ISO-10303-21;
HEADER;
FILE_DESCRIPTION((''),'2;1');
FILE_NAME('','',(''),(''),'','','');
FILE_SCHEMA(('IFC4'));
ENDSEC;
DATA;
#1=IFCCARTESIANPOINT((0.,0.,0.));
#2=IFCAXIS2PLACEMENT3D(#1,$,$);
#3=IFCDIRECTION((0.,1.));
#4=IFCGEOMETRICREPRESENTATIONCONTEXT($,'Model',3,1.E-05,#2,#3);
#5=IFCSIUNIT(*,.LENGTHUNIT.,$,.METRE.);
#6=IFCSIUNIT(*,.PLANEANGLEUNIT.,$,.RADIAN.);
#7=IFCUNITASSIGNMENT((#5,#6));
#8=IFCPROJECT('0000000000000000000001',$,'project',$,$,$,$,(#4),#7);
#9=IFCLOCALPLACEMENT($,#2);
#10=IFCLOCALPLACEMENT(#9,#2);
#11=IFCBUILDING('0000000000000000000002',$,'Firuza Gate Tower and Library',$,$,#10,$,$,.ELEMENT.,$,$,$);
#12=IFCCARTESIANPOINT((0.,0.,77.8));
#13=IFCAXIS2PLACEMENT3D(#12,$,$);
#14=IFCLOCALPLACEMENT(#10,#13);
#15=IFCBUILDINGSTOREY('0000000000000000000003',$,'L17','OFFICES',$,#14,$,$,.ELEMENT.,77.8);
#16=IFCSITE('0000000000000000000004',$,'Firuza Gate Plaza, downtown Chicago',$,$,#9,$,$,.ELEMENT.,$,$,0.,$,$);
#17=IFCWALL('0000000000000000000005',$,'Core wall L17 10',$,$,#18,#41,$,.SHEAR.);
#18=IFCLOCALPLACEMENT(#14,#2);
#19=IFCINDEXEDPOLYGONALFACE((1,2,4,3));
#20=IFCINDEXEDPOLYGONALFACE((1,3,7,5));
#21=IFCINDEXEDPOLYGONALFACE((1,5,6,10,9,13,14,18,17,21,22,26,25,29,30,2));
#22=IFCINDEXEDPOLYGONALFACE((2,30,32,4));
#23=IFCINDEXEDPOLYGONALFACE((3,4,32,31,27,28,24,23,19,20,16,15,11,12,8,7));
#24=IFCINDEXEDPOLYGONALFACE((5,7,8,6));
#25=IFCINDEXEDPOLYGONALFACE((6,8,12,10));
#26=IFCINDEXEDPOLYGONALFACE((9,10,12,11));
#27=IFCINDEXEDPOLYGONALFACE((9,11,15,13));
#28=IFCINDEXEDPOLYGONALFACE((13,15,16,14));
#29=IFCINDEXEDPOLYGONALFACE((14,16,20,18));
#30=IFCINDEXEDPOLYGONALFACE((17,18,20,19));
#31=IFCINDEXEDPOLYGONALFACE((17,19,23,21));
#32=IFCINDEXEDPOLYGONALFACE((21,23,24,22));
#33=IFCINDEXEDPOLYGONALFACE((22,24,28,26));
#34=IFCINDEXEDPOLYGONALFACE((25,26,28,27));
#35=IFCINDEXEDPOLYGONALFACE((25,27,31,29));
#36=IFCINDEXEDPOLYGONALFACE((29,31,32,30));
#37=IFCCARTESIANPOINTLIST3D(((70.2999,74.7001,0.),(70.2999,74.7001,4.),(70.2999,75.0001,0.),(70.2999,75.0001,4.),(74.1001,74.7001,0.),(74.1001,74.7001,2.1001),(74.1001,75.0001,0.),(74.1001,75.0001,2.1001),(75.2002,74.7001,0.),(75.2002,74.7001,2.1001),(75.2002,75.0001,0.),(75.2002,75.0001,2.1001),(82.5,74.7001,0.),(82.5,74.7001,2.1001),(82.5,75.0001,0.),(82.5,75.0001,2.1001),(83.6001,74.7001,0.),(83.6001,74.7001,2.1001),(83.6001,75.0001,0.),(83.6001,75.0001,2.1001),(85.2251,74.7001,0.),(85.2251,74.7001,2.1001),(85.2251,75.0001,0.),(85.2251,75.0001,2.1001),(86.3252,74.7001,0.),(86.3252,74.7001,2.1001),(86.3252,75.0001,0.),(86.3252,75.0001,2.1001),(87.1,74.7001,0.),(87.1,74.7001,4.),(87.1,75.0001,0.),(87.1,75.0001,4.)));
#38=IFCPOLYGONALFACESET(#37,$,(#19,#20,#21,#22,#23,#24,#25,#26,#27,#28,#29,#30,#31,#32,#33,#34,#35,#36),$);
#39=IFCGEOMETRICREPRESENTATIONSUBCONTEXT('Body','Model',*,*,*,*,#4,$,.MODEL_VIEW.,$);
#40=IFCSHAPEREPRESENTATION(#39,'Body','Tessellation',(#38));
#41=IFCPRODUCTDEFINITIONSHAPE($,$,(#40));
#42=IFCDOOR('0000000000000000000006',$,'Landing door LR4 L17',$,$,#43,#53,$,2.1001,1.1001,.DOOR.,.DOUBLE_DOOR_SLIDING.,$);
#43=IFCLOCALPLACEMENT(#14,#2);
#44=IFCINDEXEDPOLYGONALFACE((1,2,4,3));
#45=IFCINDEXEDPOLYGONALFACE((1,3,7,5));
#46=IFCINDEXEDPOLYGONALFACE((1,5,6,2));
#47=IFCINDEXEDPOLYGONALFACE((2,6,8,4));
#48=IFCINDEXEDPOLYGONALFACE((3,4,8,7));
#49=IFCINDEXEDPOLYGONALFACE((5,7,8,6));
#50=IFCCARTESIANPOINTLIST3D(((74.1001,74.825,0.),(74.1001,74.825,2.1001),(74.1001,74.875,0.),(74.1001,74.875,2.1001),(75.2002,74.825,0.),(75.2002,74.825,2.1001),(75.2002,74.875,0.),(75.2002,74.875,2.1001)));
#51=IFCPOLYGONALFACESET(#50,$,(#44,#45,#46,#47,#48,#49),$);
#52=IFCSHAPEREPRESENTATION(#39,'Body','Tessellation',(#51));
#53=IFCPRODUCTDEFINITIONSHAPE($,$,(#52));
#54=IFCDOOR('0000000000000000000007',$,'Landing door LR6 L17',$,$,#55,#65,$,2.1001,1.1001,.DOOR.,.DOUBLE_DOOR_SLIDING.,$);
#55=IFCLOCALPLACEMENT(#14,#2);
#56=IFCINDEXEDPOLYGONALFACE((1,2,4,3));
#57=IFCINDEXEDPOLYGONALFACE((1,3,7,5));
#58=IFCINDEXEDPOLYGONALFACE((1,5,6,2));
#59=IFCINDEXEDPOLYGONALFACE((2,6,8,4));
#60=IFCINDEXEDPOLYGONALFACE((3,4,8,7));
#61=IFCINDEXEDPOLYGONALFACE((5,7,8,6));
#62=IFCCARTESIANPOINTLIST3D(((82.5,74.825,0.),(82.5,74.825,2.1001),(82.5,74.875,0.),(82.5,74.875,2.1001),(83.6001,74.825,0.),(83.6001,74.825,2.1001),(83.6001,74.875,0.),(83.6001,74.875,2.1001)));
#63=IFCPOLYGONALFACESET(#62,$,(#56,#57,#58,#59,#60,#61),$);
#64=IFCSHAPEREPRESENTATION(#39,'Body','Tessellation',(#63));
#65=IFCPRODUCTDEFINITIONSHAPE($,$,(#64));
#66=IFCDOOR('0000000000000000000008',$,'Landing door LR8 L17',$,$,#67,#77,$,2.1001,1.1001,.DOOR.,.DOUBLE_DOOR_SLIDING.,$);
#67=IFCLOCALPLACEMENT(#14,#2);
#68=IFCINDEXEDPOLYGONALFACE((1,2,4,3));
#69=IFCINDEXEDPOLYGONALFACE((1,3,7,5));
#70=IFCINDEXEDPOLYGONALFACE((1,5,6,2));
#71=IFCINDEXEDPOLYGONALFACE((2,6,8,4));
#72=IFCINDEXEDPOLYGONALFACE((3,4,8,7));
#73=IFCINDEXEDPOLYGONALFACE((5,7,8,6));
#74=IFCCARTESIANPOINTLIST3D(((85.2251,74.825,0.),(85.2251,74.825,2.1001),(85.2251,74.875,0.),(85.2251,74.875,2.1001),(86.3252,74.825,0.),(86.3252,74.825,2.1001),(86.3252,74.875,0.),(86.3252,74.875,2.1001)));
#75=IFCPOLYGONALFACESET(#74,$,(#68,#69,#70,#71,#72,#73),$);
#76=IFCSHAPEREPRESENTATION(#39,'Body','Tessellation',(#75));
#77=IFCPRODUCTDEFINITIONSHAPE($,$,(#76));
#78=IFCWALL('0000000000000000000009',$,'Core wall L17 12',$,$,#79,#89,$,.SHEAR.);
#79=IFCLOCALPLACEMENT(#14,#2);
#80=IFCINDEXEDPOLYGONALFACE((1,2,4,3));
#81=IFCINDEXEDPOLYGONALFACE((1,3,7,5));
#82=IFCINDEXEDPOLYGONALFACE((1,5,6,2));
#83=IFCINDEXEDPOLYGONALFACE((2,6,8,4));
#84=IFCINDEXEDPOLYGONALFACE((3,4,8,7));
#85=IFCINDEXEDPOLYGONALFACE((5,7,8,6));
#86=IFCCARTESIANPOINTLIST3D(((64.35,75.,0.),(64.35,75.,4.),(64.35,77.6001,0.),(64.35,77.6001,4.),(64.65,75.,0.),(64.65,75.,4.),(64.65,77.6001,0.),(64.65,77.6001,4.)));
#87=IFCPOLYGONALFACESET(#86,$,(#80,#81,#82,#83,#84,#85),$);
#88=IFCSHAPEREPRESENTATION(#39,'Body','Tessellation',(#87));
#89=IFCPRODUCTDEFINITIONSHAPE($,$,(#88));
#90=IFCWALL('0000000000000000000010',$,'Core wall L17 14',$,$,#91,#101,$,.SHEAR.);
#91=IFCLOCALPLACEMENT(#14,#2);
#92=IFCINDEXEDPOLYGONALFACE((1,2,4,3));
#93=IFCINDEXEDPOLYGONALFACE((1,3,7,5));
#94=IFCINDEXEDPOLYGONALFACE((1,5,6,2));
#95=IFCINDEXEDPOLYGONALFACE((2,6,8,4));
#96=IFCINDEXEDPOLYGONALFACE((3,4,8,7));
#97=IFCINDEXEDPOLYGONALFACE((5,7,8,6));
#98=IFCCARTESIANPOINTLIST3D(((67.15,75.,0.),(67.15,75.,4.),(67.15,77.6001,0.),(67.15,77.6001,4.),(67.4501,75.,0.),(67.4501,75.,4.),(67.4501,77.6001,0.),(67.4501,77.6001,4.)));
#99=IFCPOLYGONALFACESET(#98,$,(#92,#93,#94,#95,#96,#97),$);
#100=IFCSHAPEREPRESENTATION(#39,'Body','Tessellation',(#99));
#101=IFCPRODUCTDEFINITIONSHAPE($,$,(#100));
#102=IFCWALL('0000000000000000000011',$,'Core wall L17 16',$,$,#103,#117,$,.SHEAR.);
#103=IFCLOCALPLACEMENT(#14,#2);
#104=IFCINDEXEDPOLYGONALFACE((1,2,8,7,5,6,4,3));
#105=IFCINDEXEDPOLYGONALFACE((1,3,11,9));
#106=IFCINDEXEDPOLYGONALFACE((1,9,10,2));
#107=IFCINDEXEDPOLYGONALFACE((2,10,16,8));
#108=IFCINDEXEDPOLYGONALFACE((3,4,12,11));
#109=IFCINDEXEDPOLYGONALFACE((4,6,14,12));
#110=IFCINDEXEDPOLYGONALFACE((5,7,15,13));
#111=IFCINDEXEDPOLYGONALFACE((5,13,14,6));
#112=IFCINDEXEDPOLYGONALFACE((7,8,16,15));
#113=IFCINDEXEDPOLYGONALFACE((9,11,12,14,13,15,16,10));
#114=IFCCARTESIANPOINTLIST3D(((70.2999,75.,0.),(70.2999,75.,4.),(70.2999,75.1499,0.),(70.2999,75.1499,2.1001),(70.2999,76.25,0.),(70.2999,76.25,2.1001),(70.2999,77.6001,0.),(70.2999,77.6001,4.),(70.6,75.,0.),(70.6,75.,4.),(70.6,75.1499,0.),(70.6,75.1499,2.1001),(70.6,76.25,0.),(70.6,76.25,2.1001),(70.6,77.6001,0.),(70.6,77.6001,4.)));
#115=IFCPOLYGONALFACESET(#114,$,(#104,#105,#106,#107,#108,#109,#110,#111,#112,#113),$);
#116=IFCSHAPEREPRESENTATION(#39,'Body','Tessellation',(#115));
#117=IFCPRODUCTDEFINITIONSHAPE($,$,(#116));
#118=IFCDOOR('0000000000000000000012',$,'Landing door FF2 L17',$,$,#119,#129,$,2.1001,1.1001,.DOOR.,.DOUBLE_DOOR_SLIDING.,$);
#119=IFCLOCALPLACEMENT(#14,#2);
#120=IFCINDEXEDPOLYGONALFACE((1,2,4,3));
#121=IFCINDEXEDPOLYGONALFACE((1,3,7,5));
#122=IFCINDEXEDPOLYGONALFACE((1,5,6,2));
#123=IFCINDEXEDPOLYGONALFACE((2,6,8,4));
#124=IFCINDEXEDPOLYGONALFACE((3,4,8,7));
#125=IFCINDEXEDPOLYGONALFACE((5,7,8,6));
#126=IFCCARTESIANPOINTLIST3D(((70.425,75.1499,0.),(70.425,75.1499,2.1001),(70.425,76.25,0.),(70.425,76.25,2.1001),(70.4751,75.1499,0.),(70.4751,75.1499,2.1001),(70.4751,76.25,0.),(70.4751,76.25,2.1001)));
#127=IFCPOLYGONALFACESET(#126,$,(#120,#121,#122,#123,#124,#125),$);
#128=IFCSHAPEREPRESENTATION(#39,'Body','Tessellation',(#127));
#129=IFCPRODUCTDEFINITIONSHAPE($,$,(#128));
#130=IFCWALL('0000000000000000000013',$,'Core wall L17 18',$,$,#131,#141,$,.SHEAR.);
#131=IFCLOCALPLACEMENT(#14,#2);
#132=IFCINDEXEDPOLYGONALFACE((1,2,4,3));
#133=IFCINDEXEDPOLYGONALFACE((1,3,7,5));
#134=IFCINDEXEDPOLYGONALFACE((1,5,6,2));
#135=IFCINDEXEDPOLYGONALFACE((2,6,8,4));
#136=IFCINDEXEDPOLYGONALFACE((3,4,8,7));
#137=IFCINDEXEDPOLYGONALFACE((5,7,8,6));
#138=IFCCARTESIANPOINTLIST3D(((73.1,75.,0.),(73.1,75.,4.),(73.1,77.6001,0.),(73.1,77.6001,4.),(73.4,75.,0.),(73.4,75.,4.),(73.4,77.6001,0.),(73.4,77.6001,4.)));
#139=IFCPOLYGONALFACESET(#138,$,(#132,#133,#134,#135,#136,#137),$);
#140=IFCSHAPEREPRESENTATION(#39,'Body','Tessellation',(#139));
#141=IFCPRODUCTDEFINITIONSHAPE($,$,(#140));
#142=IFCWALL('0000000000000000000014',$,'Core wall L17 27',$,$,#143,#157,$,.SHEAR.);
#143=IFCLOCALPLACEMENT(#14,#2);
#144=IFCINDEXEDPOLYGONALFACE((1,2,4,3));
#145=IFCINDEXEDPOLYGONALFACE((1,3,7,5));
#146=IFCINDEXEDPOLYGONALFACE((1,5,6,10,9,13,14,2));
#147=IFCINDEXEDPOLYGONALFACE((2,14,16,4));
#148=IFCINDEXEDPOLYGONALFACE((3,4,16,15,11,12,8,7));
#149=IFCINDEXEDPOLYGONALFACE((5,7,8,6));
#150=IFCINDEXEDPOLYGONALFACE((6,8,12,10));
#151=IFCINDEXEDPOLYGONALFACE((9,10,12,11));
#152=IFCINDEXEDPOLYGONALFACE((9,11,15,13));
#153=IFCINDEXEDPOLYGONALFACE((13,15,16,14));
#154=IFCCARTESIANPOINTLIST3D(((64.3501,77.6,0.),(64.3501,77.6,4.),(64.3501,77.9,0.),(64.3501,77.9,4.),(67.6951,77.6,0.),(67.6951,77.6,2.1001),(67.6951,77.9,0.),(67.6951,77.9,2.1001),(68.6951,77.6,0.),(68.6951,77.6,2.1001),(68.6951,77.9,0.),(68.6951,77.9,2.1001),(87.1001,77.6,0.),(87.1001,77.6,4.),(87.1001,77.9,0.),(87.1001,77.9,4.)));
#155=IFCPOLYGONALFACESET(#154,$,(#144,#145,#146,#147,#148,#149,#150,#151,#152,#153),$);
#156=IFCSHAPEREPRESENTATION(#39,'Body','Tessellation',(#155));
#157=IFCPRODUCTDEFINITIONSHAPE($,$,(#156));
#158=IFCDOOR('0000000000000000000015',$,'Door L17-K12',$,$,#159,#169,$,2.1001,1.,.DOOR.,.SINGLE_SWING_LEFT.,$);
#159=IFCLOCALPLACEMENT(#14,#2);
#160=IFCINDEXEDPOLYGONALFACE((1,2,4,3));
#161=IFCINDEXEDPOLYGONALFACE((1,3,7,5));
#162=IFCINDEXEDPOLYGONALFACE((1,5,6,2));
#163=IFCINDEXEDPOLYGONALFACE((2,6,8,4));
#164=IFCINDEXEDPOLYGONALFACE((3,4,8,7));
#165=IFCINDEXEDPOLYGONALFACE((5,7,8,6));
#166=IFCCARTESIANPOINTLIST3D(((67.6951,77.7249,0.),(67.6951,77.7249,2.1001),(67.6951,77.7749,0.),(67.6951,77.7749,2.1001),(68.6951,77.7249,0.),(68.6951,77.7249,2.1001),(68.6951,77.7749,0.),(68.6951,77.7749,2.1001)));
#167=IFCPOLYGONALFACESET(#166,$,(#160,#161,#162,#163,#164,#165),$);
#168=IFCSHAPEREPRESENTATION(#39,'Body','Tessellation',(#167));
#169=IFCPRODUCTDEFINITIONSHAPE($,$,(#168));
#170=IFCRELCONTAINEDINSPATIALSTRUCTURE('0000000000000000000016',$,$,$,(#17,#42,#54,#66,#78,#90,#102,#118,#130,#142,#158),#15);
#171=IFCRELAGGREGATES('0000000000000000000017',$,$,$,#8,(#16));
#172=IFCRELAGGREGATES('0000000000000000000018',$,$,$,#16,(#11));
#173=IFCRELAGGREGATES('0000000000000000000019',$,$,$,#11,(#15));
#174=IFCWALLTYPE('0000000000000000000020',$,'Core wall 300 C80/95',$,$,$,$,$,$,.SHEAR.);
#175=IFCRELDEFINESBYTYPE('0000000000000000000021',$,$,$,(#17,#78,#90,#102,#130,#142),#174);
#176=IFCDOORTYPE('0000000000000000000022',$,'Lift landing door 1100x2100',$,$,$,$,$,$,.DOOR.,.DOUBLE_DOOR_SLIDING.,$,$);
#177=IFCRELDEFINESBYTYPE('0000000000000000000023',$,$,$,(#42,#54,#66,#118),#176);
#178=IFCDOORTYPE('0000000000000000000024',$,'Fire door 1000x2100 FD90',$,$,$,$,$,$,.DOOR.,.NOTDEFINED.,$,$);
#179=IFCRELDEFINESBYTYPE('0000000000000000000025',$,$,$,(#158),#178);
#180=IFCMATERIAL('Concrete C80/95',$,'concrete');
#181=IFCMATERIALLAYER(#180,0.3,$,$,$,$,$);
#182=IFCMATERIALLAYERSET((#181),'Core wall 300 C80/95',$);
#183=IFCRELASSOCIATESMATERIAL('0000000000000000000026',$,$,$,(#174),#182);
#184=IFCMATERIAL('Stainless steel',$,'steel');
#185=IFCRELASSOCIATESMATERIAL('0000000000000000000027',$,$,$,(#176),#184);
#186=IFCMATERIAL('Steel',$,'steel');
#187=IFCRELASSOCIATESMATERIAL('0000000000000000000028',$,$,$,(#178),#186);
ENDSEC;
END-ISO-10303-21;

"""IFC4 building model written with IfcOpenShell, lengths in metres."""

from ifc_helpers import new_model, si_unit, direction, frame, frame_2d, origin, place, context, subcontext, project, spatial, rectangle, extrude, material, layer, layer_set, type_object, element, fill, save


model = new_model("IFC4")

# Units and contexts
model_context = context("Model", 3, precision=1e-05, world=origin(), true_north=direction((0.0, 1.0)))
body_context = subcontext(model_context, "Body", "Model", "MODEL_VIEW")
ifc_project = project(units=[si_unit("LENGTHUNIT", "METRE"), si_unit("PLANEANGLEUNIT", "RADIAN")], contexts=[model_context])

# Site, building, storey
site_placement = place(None, origin())
site = spatial("IfcSite", under=ifc_project, at=site_placement, Name="Firuza Gate Plaza, downtown Chicago", CompositionType="ELEMENT", RefElevation=0.0)
building_placement = place(site_placement, origin())
building = spatial("IfcBuilding", under=site, at=building_placement, Name="Firuza Gate Tower and Library", CompositionType="ELEMENT")
storey_placement = place(building_placement, frame((0.0, 0.0, 77.8)))
storey = spatial("IfcBuildingStorey", under=building, at=storey_placement, Name="L17", Description="OFFICES", CompositionType="ELEMENT", Elevation=77.8)

# Shared definitions
ifc_material_1 = material(Name="Concrete C80/95", Category="concrete")
ifc_layer_1 = layer(ifc_material_1, 0.3)
ifc_layer_set_1 = layer_set([ifc_layer_1], Name="Core wall 300 C80/95")
wall_type_1 = type_object("IfcWallType", Name="Core wall 300 C80/95", PredefinedType="SHEAR", material=ifc_layer_set_1)

# Shared definitions
ifc_material_2 = material(Name="Stainless steel", Category="steel")
door_type_1 = type_object("IfcDoorType", Name="Lift landing door 1100x2100", OperationType="DOUBLE_DOOR_SLIDING", PredefinedType="DOOR", material=ifc_material_2)

# Wall, openings, doors
wall_1_placement = place(storey_placement, frame((70.3, 74.8501, 0.0), z_axis=(0.0, 0.0, 1.0), x_axis=(1.0, 0.0, 0.0)))
wall_1 = element("IfcWall", 1, at=wall_1_placement, inside=storey, type_object=wall_type_1, Name="Core wall L17 10", PredefinedType="SHEAR", context=body_context, shape_type="SweptSolid", body=[
    extrude(rectangle(XDim=16.8, YDim=0.3, at=frame_2d((8.3999, 0.0))), origin(), (0.0, 0.0, 1.0), 4.0),
])
opening_1_placement = place(wall_1_placement, frame((3.8, 0.0, 0.0)))
opening_1 = element("IfcOpeningElement", 2, at=opening_1_placement, cuts=wall_1, PredefinedType="OPENING", context=body_context, shape_type="SweptSolid", body=[
    extrude(rectangle(XDim=1.1001, YDim=2.1001, at=frame_2d((0.55, 1.05))), frame((0.0, 0.1602, 0.0), z_axis=(0.0, -1.0, 0.0), x_axis=(1.0, 0.0, 0.0)), (0.0, 0.0, 1.0), 0.3201),
])
opening_2_placement = place(wall_1_placement, frame((12.2, 0.0, 0.0)))
opening_2 = element("IfcOpeningElement", 3, at=opening_2_placement, cuts=wall_1, PredefinedType="OPENING", context=body_context, shape_type="SweptSolid", body=[
    extrude(rectangle(XDim=1.1001, YDim=2.1001, at=frame_2d((0.55, 1.05))), frame((0.0, 0.1602, 0.0), z_axis=(0.0, -1.0, 0.0), x_axis=(1.0, 0.0, 0.0)), (0.0, 0.0, 1.0), 0.3201),
])
opening_3_placement = place(wall_1_placement, frame((14.925, 0.0, 0.0)))
opening_3 = element("IfcOpeningElement", 4, at=opening_3_placement, cuts=wall_1, PredefinedType="OPENING", context=body_context, shape_type="SweptSolid", body=[
    extrude(rectangle(XDim=1.1001, YDim=2.1001, at=frame_2d((0.55, 1.05))), frame((0.0, 0.1602, 0.0), z_axis=(0.0, -1.0, 0.0), x_axis=(1.0, 0.0, 0.0)), (0.0, 0.0, 1.0), 0.3201),
])
door_1_placement = place(opening_1_placement, origin())
door_1 = element("IfcDoor", 5, at=door_1_placement, inside=storey, type_object=door_type_1, Name="Landing door LR4 L17", OperationType="DOUBLE_DOOR_SLIDING", OverallHeight=2.1001, OverallWidth=1.1001, PredefinedType="DOOR", context=body_context, shape_type="SweptSolid", body=[
    extrude(rectangle(XDim=1.1001, YDim=2.1001, at=frame_2d((0.55, 1.05))), frame((0.0, 0.0249, 0.0), z_axis=(0.0, -1.0, 0.0), x_axis=(1.0, 0.0, 0.0)), (0.0, 0.0, 1.0), 0.05),
])
fill(opening_1, door_1)
door_2_placement = place(opening_2_placement, origin())
door_2 = element("IfcDoor", 6, at=door_2_placement, inside=storey, type_object=door_type_1, Name="Landing door LR6 L17", OperationType="DOUBLE_DOOR_SLIDING", OverallHeight=2.1001, OverallWidth=1.1001, PredefinedType="DOOR", context=body_context, shape_type="SweptSolid", body=[
    extrude(rectangle(XDim=1.1001, YDim=2.1001, at=frame_2d((0.55, 1.05))), frame((0.0, 0.0249, 0.0), z_axis=(0.0, -1.0, 0.0), x_axis=(1.0, 0.0, 0.0)), (0.0, 0.0, 1.0), 0.05),
])
fill(opening_2, door_2)
door_3_placement = place(opening_3_placement, origin())
door_3 = element("IfcDoor", 7, at=door_3_placement, inside=storey, type_object=door_type_1, Name="Landing door LR8 L17", OperationType="DOUBLE_DOOR_SLIDING", OverallHeight=2.1001, OverallWidth=1.1001, PredefinedType="DOOR", context=body_context, shape_type="SweptSolid", body=[
    extrude(rectangle(XDim=1.1001, YDim=2.1001, at=frame_2d((0.55, 1.05))), frame((0.0, 0.0249, 0.0), z_axis=(0.0, -1.0, 0.0), x_axis=(1.0, 0.0, 0.0)), (0.0, 0.0, 1.0), 0.05),
])
fill(opening_3, door_3)

# Walls
for number, where, z_axis, x_axis, name in (
    (8, (64.5, 75.0, 0.0), (0.0, 0.0, 1.0), (0.0, 1.0, 0.0), "Core wall L17 12"),
    (9, (67.3, 75.0, 0.0), (0.0, 0.0, 1.0), (0.0, 1.0, 0.0), "Core wall L17 14"),
):
    element("IfcWall", number, at=place(storey_placement, frame(where, z_axis=z_axis, x_axis=x_axis)), inside=storey, type_object=wall_type_1, Name=name, PredefinedType="SHEAR", context=body_context, shape_type="SweptSolid", body=[
        extrude(rectangle(XDim=2.6001, YDim=0.3, at=frame_2d((1.3, 0.0))), origin(), (0.0, 0.0, 1.0), 4.0),
    ])

# Wall, opening, door
wall_2_placement = place(storey_placement, frame((70.45, 75.0, 0.0), z_axis=(0.0, 0.0, 1.0), x_axis=(0.0, 1.0, 0.0)))
wall_2 = element("IfcWall", 10, at=wall_2_placement, inside=storey, type_object=wall_type_1, Name="Core wall L17 16", PredefinedType="SHEAR", context=body_context, shape_type="SweptSolid", body=[
    extrude(rectangle(XDim=2.6001, YDim=0.3, at=frame_2d((1.3, 0.0))), origin(), (0.0, 0.0, 1.0), 4.0),
])
opening_4_placement = place(wall_2_placement, frame((0.1499, 0.0, 0.0)))
opening_4 = element("IfcOpeningElement", 11, at=opening_4_placement, cuts=wall_2, PredefinedType="OPENING", context=body_context, shape_type="SweptSolid", body=[
    extrude(rectangle(XDim=1.1001, YDim=2.1001, at=frame_2d((0.55, 1.05))), frame((0.0, 0.1602, 0.0), z_axis=(0.0, -1.0, 0.0), x_axis=(1.0, 0.0, 0.0)), (0.0, 0.0, 1.0), 0.3201),
])
door_4_placement = place(opening_4_placement, origin())
door_4 = element("IfcDoor", 12, at=door_4_placement, inside=storey, type_object=door_type_1, Name="Landing door FF2 L17", OperationType="DOUBLE_DOOR_SLIDING", OverallHeight=2.1001, OverallWidth=1.1001, PredefinedType="DOOR", context=body_context, shape_type="SweptSolid", body=[
    extrude(rectangle(XDim=1.1001, YDim=2.1001, at=frame_2d((0.55, 1.05))), frame((0.0, 0.0249, 0.0), z_axis=(0.0, -1.0, 0.0), x_axis=(1.0, 0.0, 0.0)), (0.0, 0.0, 1.0), 0.05),
])
fill(opening_4, door_4)

# Wall
wall_3_placement = place(storey_placement, frame((73.25, 75.0, 0.0), z_axis=(0.0, 0.0, 1.0), x_axis=(0.0, 1.0, 0.0)))
element("IfcWall", 13, at=wall_3_placement, inside=storey, type_object=wall_type_1, Name="Core wall L17 18", PredefinedType="SHEAR", context=body_context, shape_type="SweptSolid", body=[
    extrude(rectangle(XDim=2.6001, YDim=0.3, at=frame_2d((1.3, 0.0))), origin(), (0.0, 0.0, 1.0), 4.0),
])

# Wall, opening, door
wall_4_placement = place(storey_placement, frame((64.3501, 77.75, 0.0), z_axis=(0.0, 0.0, 1.0), x_axis=(1.0, 0.0, 0.0)))
wall_4 = element("IfcWall", 14, at=wall_4_placement, inside=storey, type_object=wall_type_1, Name="Core wall L17 27", PredefinedType="SHEAR", context=body_context, shape_type="SweptSolid", body=[
    extrude(rectangle(XDim=22.75, YDim=0.3, at=frame_2d((11.375, 0.0))), origin(), (0.0, 0.0, 1.0), 4.0),
])
opening_5_placement = place(wall_4_placement, frame((3.345, 0.0, 0.0)))
opening_5 = element("IfcOpeningElement", 15, at=opening_5_placement, cuts=wall_4, PredefinedType="OPENING", context=body_context, shape_type="SweptSolid", body=[
    extrude(rectangle(XDim=1.0, YDim=2.1001, at=frame_2d((0.5, 1.05))), frame((0.0, 0.1602, 0.0), z_axis=(0.0, -1.0, 0.0), x_axis=(1.0, 0.0, 0.0)), (0.0, 0.0, 1.0), 0.3201),
])
ifc_material_3 = material(Name="Steel", Category="steel")
door_type_2 = type_object("IfcDoorType", Name="Fire door 1000x2100 FD90", OperationType="NOTDEFINED", PredefinedType="DOOR", material=ifc_material_3)
door_5_placement = place(opening_5_placement, origin())
door_5 = element("IfcDoor", 16, at=door_5_placement, inside=storey, type_object=door_type_2, Name="Door L17-K12", OperationType="SINGLE_SWING_LEFT", OverallHeight=2.1001, OverallWidth=1.0, PredefinedType="DOOR", context=body_context, shape_type="SweptSolid", body=[
    extrude(rectangle(XDim=1.0, YDim=2.1001, at=frame_2d((0.5, 1.05))), frame((0.0, 0.0249, 0.0), z_axis=(0.0, -1.0, 0.0), x_axis=(1.0, 0.0, 0.0)), (0.0, 0.0, 1.0), 0.05),
])
fill(opening_5, door_5)

save(model, "model.ifc")
